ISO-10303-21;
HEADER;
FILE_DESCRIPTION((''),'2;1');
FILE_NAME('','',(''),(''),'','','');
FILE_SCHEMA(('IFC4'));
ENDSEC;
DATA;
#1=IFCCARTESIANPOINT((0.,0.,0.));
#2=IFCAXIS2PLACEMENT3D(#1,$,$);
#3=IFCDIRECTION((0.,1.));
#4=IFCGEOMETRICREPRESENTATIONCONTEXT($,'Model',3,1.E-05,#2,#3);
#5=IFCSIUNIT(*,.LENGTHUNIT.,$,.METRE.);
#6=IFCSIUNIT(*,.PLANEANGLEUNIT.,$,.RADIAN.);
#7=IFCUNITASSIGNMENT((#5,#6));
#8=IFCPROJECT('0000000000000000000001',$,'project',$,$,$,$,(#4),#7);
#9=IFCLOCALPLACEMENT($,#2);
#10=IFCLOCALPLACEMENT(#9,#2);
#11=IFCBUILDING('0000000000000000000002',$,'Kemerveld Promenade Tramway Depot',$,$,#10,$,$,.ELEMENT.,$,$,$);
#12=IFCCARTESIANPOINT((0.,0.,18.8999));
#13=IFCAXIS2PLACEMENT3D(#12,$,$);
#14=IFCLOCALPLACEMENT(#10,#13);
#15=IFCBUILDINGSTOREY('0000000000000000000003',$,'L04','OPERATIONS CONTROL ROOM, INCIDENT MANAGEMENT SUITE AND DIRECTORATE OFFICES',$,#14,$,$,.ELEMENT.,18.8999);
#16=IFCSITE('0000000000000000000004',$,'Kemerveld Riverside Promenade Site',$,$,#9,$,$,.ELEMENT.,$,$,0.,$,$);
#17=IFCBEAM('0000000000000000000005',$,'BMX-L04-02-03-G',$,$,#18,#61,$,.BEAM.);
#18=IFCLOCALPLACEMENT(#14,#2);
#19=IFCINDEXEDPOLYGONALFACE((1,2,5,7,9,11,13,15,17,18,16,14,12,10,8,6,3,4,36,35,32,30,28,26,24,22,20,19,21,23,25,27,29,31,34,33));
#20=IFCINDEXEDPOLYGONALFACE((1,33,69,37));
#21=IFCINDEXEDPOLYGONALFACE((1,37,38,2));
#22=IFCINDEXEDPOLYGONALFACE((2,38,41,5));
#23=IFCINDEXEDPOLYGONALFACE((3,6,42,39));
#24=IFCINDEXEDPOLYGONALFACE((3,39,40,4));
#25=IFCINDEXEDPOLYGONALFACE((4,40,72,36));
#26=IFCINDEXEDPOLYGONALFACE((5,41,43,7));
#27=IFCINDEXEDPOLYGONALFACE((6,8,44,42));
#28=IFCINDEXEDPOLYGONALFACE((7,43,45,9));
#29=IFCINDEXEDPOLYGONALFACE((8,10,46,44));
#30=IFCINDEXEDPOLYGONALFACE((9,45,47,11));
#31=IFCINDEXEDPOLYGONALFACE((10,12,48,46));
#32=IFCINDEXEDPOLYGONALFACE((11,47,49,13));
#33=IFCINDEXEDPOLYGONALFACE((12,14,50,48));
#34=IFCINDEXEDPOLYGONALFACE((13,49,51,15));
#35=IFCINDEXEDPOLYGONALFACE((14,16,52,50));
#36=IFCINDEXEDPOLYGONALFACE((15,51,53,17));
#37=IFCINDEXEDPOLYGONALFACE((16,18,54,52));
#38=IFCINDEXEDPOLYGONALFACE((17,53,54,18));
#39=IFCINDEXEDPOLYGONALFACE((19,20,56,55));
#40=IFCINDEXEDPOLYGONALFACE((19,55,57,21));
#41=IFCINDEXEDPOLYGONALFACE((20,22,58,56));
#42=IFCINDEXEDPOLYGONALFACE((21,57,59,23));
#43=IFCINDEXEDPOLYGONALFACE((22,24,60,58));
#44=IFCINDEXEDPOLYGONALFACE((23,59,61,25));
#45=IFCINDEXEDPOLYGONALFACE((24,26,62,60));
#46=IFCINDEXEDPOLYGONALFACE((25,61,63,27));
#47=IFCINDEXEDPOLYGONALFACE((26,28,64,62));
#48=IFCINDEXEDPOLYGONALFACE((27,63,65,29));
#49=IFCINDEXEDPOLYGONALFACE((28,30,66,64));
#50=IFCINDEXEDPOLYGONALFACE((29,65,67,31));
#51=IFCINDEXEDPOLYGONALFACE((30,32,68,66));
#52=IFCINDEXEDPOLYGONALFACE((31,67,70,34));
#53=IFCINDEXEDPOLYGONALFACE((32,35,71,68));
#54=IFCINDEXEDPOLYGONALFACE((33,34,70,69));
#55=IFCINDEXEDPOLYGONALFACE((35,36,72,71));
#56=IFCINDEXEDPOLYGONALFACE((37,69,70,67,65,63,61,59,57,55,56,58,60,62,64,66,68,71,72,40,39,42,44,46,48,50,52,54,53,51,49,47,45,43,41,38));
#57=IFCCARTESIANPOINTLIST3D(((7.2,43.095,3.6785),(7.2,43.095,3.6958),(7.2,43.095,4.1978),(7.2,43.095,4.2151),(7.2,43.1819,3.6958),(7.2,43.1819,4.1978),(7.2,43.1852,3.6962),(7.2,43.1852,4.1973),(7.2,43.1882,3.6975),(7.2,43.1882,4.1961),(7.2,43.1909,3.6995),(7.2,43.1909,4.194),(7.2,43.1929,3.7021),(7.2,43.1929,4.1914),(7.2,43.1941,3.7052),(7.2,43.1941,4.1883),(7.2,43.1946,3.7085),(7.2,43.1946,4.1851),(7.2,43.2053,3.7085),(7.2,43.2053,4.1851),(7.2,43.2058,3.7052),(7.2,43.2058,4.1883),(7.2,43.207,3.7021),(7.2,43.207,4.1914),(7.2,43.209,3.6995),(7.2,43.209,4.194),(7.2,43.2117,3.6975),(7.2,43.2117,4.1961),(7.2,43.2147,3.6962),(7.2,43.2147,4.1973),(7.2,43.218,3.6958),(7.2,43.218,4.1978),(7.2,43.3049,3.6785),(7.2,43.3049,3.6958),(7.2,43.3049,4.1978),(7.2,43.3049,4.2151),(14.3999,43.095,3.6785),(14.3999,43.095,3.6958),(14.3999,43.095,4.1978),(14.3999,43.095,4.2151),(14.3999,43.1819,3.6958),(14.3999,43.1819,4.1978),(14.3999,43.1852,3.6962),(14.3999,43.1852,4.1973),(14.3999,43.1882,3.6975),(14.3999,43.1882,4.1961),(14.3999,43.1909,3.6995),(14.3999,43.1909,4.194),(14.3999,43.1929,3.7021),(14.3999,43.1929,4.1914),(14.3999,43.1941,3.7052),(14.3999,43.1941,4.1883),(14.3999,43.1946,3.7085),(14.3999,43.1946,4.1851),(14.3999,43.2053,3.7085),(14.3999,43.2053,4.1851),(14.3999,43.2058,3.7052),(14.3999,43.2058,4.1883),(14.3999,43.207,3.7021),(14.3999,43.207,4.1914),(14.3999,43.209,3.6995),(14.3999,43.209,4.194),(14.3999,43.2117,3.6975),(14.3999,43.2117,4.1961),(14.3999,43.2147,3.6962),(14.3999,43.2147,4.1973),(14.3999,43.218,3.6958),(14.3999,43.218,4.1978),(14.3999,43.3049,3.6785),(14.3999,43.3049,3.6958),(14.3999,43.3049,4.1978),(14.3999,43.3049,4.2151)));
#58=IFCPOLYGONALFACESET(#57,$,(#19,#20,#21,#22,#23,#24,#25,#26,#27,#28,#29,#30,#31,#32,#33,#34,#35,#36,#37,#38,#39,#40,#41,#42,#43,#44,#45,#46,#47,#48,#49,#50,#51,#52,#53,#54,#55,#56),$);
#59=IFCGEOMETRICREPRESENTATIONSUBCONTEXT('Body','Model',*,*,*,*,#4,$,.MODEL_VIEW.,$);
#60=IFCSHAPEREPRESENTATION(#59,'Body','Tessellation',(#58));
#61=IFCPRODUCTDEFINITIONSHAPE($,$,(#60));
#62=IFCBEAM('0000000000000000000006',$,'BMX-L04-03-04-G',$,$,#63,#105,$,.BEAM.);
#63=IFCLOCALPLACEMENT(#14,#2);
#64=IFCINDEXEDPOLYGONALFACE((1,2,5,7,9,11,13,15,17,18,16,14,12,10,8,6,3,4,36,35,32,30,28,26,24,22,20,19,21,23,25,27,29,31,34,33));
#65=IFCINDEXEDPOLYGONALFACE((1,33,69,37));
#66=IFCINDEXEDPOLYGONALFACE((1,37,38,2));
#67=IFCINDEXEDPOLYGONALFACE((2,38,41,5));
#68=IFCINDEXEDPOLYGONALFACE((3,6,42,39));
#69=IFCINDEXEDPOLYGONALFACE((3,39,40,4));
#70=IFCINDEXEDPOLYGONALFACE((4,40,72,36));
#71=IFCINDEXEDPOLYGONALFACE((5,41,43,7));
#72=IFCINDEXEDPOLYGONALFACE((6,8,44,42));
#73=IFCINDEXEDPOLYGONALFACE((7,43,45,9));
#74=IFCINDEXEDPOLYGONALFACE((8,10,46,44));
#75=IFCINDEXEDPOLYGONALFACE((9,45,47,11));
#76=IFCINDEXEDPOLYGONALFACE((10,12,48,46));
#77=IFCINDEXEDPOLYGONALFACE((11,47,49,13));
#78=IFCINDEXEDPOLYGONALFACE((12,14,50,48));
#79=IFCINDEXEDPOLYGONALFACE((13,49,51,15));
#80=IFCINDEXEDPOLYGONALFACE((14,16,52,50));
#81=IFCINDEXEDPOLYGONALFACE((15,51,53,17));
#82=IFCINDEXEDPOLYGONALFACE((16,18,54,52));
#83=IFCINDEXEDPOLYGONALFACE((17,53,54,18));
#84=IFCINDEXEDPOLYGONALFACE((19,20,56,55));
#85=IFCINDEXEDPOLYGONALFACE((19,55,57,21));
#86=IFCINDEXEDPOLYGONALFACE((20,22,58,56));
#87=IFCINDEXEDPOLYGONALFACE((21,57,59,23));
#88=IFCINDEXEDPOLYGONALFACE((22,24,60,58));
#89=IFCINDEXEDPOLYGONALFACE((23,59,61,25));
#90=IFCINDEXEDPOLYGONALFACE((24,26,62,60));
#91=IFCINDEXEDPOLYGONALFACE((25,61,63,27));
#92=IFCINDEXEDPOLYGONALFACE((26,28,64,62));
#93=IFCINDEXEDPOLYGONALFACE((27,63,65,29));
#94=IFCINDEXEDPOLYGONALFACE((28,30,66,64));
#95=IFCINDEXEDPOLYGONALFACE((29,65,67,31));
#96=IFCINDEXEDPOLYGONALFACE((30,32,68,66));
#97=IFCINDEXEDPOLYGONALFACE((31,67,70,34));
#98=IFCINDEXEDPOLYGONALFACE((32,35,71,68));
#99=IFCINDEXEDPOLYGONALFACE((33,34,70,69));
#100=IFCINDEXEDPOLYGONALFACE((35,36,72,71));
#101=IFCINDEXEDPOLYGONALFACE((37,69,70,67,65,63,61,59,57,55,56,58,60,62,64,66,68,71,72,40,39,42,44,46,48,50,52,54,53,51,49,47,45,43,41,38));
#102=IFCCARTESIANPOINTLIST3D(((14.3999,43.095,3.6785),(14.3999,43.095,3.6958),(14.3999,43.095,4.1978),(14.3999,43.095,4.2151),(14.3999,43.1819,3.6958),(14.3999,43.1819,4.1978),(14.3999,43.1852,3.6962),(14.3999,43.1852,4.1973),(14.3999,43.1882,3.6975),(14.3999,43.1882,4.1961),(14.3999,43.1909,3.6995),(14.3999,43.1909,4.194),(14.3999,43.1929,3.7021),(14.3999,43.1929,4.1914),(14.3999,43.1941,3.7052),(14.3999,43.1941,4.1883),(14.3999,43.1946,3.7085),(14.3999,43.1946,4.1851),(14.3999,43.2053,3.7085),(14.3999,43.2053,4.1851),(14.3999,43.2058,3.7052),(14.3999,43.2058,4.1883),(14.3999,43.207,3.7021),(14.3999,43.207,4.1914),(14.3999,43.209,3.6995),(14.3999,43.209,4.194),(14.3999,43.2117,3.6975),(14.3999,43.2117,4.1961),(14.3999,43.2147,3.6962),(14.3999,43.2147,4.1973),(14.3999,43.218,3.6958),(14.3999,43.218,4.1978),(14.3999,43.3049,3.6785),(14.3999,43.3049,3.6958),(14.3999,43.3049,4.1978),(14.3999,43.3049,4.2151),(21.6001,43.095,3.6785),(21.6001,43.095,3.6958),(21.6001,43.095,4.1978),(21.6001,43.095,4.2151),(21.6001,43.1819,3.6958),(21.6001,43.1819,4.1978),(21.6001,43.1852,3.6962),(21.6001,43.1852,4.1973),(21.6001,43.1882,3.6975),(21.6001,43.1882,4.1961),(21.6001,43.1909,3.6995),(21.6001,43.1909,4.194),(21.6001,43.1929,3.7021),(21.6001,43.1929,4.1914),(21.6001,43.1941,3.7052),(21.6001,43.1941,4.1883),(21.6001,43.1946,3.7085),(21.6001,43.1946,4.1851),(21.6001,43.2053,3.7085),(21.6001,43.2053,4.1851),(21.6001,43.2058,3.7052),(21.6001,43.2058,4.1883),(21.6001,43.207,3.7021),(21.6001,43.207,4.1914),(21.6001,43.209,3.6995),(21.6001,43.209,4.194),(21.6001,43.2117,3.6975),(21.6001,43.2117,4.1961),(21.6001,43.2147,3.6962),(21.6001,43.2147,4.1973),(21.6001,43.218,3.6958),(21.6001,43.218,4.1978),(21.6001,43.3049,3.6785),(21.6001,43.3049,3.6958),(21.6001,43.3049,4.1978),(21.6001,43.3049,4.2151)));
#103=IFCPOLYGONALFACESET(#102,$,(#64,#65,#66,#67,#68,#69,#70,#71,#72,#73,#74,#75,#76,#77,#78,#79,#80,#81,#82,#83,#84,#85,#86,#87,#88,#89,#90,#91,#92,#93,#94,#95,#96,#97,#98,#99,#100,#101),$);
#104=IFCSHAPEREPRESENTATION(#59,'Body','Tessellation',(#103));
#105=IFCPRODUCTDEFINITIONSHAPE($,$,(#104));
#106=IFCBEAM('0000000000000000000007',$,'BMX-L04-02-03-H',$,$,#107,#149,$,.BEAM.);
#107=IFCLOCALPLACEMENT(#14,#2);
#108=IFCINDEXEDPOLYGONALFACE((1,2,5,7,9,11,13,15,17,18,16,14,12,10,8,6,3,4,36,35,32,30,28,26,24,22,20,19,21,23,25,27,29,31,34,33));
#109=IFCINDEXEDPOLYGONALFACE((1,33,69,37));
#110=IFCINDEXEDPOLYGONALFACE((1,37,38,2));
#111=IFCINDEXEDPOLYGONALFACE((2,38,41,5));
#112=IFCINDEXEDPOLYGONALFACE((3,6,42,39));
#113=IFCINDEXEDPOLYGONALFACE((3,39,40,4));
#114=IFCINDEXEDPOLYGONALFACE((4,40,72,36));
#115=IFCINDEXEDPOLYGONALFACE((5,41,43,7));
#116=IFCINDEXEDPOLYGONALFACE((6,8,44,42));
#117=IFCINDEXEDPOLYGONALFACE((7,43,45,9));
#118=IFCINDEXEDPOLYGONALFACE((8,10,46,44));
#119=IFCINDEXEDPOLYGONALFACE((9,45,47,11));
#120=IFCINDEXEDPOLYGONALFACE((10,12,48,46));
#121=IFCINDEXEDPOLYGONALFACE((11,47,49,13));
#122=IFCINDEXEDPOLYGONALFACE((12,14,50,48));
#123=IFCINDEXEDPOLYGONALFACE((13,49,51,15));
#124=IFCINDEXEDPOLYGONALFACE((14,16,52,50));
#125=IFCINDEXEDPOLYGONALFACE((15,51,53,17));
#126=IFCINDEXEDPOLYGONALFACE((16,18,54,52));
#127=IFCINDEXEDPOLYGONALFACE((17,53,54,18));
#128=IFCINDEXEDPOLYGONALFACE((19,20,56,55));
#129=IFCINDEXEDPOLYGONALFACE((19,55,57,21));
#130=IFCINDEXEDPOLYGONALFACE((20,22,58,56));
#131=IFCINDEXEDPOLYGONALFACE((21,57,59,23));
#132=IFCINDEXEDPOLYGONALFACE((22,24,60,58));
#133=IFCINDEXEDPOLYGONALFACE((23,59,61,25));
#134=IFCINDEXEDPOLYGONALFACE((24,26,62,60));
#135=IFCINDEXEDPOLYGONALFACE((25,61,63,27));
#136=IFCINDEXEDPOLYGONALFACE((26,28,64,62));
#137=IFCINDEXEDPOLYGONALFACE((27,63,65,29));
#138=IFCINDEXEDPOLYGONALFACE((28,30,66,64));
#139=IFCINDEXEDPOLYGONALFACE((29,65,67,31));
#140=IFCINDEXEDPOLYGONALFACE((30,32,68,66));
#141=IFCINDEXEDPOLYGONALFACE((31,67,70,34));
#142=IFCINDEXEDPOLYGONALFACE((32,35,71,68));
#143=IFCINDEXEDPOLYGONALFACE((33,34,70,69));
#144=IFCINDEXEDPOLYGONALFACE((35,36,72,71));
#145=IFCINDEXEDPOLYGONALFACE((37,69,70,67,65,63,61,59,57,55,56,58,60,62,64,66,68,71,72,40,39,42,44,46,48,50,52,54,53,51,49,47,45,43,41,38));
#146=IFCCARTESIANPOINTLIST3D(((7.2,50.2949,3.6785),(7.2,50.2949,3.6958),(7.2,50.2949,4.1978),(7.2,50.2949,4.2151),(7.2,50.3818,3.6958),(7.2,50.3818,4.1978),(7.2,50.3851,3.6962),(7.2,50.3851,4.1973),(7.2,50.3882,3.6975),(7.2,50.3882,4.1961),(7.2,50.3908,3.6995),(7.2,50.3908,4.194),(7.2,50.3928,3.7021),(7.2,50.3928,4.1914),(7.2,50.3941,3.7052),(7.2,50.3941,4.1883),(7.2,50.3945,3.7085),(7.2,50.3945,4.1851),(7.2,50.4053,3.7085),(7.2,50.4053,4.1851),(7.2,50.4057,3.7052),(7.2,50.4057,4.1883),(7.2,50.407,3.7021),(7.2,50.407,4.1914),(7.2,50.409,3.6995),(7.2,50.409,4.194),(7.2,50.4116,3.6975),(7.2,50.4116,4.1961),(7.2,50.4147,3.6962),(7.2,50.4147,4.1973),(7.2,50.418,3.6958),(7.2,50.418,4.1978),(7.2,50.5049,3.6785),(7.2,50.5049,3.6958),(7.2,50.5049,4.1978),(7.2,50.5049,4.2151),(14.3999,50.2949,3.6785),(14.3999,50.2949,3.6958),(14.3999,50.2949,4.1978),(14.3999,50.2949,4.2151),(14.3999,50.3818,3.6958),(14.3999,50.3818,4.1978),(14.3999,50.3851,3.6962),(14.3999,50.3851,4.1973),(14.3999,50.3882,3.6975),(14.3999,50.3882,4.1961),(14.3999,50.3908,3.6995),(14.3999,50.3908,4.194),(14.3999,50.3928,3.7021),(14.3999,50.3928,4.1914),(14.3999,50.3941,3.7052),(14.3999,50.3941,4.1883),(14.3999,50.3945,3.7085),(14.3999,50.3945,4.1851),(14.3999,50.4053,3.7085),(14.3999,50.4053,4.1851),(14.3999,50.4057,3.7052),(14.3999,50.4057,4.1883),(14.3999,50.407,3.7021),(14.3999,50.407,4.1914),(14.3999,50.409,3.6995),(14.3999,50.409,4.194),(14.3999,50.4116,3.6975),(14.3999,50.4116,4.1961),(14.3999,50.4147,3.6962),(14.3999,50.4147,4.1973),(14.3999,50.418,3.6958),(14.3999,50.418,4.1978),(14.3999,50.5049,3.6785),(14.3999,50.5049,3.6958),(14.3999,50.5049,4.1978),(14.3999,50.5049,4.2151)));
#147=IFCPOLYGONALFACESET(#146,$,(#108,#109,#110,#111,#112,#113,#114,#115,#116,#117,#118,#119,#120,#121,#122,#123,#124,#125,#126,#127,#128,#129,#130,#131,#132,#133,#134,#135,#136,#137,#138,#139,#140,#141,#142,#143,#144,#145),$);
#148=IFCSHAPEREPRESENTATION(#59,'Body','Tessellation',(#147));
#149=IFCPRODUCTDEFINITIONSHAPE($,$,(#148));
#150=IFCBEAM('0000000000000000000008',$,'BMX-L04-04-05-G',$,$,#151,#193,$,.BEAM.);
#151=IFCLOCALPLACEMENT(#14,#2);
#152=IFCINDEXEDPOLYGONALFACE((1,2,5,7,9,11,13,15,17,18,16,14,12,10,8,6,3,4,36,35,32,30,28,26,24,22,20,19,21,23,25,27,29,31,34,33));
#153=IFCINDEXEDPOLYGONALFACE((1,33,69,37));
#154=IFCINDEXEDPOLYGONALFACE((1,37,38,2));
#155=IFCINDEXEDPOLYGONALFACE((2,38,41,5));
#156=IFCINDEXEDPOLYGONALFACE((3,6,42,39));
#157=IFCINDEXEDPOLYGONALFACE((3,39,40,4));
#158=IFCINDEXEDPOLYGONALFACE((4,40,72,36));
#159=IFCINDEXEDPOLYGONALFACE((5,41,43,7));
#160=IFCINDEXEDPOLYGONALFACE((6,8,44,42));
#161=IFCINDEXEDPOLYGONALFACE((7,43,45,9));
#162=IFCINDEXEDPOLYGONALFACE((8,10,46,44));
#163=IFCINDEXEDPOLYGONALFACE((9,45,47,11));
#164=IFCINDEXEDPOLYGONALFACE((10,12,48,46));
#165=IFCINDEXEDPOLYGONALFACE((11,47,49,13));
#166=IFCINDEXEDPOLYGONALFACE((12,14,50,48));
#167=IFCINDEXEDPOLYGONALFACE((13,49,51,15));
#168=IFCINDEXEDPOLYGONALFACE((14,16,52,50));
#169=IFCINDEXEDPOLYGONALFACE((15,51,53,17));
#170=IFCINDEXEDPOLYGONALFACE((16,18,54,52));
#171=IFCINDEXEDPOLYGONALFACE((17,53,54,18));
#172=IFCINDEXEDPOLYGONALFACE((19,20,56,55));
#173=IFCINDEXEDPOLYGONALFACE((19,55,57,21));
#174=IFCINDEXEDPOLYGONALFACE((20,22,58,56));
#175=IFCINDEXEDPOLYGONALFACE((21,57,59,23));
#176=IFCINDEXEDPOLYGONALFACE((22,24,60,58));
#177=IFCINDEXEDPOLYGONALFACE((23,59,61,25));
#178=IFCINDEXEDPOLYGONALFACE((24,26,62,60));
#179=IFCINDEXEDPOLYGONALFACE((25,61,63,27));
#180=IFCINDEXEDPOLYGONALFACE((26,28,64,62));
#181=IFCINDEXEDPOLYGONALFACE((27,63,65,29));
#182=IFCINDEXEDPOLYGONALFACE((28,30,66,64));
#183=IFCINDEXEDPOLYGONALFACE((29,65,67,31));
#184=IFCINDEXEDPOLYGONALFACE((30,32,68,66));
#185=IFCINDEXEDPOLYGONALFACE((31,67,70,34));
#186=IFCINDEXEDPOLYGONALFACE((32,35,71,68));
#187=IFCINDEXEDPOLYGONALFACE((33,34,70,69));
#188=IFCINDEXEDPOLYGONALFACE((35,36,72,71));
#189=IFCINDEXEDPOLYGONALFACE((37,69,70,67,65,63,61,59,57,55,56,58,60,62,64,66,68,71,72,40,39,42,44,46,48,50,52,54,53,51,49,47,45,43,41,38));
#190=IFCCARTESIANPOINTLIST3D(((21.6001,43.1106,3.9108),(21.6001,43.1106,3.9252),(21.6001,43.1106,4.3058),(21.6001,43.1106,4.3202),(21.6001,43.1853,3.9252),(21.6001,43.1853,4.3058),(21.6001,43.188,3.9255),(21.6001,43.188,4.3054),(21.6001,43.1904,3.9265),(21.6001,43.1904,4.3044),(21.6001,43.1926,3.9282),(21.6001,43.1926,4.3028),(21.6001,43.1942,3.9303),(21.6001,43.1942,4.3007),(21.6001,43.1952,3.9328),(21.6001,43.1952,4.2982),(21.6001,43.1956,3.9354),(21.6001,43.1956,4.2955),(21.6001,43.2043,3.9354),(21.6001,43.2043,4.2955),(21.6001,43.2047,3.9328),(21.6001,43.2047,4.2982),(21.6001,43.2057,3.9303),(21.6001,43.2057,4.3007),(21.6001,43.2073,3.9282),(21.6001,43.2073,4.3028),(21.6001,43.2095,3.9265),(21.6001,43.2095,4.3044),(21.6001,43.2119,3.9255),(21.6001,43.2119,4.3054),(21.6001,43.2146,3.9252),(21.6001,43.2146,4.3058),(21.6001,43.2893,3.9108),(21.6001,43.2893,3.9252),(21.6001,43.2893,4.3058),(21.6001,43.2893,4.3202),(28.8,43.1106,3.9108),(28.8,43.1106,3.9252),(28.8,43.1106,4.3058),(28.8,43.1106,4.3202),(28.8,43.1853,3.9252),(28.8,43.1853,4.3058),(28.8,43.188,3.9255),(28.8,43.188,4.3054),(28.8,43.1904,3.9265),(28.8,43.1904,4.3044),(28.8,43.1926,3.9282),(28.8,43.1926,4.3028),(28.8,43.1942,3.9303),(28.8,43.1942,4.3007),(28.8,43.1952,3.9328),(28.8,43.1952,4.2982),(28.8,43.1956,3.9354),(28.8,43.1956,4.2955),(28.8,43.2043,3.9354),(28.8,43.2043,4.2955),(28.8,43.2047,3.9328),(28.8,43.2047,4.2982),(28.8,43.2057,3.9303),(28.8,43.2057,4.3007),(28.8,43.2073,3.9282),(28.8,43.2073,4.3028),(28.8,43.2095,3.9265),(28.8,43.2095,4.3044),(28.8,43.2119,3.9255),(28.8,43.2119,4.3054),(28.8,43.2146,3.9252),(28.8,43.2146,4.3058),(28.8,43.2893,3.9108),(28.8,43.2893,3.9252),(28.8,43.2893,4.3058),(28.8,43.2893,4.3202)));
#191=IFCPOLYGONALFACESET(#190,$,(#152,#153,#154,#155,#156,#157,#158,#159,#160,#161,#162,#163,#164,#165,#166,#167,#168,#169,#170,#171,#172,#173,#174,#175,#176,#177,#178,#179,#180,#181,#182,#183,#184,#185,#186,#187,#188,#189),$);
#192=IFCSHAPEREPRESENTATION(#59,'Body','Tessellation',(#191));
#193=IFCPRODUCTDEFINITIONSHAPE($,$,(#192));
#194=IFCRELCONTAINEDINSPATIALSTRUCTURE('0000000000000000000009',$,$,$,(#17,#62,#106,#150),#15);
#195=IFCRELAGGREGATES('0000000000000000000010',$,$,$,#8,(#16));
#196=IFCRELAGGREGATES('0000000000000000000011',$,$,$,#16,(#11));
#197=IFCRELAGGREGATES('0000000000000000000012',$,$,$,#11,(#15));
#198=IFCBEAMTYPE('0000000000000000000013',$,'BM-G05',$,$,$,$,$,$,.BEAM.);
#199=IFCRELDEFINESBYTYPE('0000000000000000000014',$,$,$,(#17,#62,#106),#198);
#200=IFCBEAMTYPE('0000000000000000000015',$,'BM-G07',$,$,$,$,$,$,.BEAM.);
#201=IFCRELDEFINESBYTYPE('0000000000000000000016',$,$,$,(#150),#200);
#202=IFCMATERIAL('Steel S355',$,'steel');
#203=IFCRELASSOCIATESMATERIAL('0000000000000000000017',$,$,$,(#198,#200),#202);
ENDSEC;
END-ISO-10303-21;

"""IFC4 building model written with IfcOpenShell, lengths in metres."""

from ifc_helpers import new_model, si_unit, direction, frame, origin, origin_2d, place, context, subcontext, project, spatial, i_section, extrude, material, material_profile, profile_set, type_object, element, save


model = new_model("IFC4")

# Units and contexts
model_context = context("Model", 3, precision=1e-05, world=origin(), true_north=direction((0.0, 1.0)))
body_context = subcontext(model_context, "Body", "Model", "MODEL_VIEW")
ifc_project = project(units=[si_unit("LENGTHUNIT", "METRE"), si_unit("PLANEANGLEUNIT", "RADIAN")], contexts=[model_context])

# Site, building, storey
site_placement = place(None, origin())
site = spatial("IfcSite", under=ifc_project, at=site_placement, Name="Kemerveld Riverside Promenade Site", CompositionType="ELEMENT", RefElevation=0.0)
building_placement = place(site_placement, origin())
building = spatial("IfcBuilding", under=site, at=building_placement, Name="Kemerveld Promenade Tramway Depot", CompositionType="ELEMENT")
storey_placement = place(building_placement, frame((0.0, 0.0, 18.8999)))
storey = spatial("IfcBuildingStorey", under=building, at=storey_placement, Name="L04", Description="OPERATIONS CONTROL ROOM, INCIDENT MANAGEMENT SUITE AND DIRECTORATE OFFICES", CompositionType="ELEMENT", Elevation=18.8999)

# Shared definitions
ifc_material_1 = material(Name="Steel S355", Category="steel")

# Beams
ifc_material_profile_1 = material_profile(ifc_material_1, i_section(OverallWidth=0.21, OverallDepth=0.5366, WebThickness=0.0107, FlangeThickness=0.0173, FilletRadius=0.0127, at=origin_2d()), Name="533x210x101 UB")
ifc_profile_set_1 = profile_set([ifc_material_profile_1], Name="Steel S355")
beam_type_1 = type_object("IfcBeamType", Name="BM-G05", PredefinedType="BEAM", material=ifc_profile_set_1)
beam_1_placement = place(storey_placement, frame((7.2, 43.2, 3.9468), z_axis=(1.0, 0.0, 0.0), x_axis=(0.0, 1.0, 0.0)))
element("IfcBeam", 1, at=beam_1_placement, inside=storey, type_object=beam_type_1, Name="BMX-L04-02-03-G", PredefinedType="BEAM", context=body_context, shape_type="SweptSolid", body=[
    extrude(i_section(OverallWidth=0.21, OverallDepth=0.5366, WebThickness=0.0107, FlangeThickness=0.0173, FilletRadius=0.0127, at=origin_2d()), origin(), (0.0, 0.0, 1.0), 7.2),
])
beam_2_placement = place(storey_placement, frame((14.3999, 43.2, 3.9468), z_axis=(1.0, 0.0, 0.0), x_axis=(0.0, 1.0, 0.0)))
element("IfcBeam", 2, at=beam_2_placement, inside=storey, type_object=beam_type_1, Name="BMX-L04-03-04-G", PredefinedType="BEAM", context=body_context, shape_type="SweptSolid", body=[
    extrude(i_section(OverallWidth=0.21, OverallDepth=0.5366, WebThickness=0.0107, FlangeThickness=0.0173, FilletRadius=0.0127, at=origin_2d()), origin(), (0.0, 0.0, 1.0), 7.2002),
])
beam_3_placement = place(storey_placement, frame((7.2, 50.3999, 3.9468), z_axis=(1.0, 0.0, 0.0), x_axis=(0.0, 1.0, 0.0)))
element("IfcBeam", 3, at=beam_3_placement, inside=storey, type_object=beam_type_1, Name="BMX-L04-02-03-H", PredefinedType="BEAM", context=body_context, shape_type="SweptSolid", body=[
    extrude(i_section(OverallWidth=0.21, OverallDepth=0.5366, WebThickness=0.0107, FlangeThickness=0.0173, FilletRadius=0.0127, at=origin_2d()), origin(), (0.0, 0.0, 1.0), 7.2),
])
ifc_material_profile_2 = material_profile(ifc_material_1, i_section(OverallWidth=0.1787, OverallDepth=0.4094, WebThickness=0.0088, FlangeThickness=0.0144, FilletRadius=0.0103, at=origin_2d()), Name="406x178x67 UB")
ifc_profile_set_2 = profile_set([ifc_material_profile_2], Name="Steel S355")
beam_type_2 = type_object("IfcBeamType", Name="BM-G07", PredefinedType="BEAM", material=ifc_profile_set_2)
beam_4_placement = place(storey_placement, frame((21.6001, 43.2, 4.1155), z_axis=(1.0, 0.0, 0.0), x_axis=(0.0, 1.0, 0.0)))
element("IfcBeam", 4, at=beam_4_placement, inside=storey, type_object=beam_type_2, Name="BMX-L04-04-05-G", PredefinedType="BEAM", context=body_context, shape_type="SweptSolid", body=[
    extrude(i_section(OverallWidth=0.1787, OverallDepth=0.4094, WebThickness=0.0088, FlangeThickness=0.0144, FilletRadius=0.0103, at=origin_2d()), origin(), (0.0, 0.0, 1.0), 7.2),
])

save(model, "model.ifc")
